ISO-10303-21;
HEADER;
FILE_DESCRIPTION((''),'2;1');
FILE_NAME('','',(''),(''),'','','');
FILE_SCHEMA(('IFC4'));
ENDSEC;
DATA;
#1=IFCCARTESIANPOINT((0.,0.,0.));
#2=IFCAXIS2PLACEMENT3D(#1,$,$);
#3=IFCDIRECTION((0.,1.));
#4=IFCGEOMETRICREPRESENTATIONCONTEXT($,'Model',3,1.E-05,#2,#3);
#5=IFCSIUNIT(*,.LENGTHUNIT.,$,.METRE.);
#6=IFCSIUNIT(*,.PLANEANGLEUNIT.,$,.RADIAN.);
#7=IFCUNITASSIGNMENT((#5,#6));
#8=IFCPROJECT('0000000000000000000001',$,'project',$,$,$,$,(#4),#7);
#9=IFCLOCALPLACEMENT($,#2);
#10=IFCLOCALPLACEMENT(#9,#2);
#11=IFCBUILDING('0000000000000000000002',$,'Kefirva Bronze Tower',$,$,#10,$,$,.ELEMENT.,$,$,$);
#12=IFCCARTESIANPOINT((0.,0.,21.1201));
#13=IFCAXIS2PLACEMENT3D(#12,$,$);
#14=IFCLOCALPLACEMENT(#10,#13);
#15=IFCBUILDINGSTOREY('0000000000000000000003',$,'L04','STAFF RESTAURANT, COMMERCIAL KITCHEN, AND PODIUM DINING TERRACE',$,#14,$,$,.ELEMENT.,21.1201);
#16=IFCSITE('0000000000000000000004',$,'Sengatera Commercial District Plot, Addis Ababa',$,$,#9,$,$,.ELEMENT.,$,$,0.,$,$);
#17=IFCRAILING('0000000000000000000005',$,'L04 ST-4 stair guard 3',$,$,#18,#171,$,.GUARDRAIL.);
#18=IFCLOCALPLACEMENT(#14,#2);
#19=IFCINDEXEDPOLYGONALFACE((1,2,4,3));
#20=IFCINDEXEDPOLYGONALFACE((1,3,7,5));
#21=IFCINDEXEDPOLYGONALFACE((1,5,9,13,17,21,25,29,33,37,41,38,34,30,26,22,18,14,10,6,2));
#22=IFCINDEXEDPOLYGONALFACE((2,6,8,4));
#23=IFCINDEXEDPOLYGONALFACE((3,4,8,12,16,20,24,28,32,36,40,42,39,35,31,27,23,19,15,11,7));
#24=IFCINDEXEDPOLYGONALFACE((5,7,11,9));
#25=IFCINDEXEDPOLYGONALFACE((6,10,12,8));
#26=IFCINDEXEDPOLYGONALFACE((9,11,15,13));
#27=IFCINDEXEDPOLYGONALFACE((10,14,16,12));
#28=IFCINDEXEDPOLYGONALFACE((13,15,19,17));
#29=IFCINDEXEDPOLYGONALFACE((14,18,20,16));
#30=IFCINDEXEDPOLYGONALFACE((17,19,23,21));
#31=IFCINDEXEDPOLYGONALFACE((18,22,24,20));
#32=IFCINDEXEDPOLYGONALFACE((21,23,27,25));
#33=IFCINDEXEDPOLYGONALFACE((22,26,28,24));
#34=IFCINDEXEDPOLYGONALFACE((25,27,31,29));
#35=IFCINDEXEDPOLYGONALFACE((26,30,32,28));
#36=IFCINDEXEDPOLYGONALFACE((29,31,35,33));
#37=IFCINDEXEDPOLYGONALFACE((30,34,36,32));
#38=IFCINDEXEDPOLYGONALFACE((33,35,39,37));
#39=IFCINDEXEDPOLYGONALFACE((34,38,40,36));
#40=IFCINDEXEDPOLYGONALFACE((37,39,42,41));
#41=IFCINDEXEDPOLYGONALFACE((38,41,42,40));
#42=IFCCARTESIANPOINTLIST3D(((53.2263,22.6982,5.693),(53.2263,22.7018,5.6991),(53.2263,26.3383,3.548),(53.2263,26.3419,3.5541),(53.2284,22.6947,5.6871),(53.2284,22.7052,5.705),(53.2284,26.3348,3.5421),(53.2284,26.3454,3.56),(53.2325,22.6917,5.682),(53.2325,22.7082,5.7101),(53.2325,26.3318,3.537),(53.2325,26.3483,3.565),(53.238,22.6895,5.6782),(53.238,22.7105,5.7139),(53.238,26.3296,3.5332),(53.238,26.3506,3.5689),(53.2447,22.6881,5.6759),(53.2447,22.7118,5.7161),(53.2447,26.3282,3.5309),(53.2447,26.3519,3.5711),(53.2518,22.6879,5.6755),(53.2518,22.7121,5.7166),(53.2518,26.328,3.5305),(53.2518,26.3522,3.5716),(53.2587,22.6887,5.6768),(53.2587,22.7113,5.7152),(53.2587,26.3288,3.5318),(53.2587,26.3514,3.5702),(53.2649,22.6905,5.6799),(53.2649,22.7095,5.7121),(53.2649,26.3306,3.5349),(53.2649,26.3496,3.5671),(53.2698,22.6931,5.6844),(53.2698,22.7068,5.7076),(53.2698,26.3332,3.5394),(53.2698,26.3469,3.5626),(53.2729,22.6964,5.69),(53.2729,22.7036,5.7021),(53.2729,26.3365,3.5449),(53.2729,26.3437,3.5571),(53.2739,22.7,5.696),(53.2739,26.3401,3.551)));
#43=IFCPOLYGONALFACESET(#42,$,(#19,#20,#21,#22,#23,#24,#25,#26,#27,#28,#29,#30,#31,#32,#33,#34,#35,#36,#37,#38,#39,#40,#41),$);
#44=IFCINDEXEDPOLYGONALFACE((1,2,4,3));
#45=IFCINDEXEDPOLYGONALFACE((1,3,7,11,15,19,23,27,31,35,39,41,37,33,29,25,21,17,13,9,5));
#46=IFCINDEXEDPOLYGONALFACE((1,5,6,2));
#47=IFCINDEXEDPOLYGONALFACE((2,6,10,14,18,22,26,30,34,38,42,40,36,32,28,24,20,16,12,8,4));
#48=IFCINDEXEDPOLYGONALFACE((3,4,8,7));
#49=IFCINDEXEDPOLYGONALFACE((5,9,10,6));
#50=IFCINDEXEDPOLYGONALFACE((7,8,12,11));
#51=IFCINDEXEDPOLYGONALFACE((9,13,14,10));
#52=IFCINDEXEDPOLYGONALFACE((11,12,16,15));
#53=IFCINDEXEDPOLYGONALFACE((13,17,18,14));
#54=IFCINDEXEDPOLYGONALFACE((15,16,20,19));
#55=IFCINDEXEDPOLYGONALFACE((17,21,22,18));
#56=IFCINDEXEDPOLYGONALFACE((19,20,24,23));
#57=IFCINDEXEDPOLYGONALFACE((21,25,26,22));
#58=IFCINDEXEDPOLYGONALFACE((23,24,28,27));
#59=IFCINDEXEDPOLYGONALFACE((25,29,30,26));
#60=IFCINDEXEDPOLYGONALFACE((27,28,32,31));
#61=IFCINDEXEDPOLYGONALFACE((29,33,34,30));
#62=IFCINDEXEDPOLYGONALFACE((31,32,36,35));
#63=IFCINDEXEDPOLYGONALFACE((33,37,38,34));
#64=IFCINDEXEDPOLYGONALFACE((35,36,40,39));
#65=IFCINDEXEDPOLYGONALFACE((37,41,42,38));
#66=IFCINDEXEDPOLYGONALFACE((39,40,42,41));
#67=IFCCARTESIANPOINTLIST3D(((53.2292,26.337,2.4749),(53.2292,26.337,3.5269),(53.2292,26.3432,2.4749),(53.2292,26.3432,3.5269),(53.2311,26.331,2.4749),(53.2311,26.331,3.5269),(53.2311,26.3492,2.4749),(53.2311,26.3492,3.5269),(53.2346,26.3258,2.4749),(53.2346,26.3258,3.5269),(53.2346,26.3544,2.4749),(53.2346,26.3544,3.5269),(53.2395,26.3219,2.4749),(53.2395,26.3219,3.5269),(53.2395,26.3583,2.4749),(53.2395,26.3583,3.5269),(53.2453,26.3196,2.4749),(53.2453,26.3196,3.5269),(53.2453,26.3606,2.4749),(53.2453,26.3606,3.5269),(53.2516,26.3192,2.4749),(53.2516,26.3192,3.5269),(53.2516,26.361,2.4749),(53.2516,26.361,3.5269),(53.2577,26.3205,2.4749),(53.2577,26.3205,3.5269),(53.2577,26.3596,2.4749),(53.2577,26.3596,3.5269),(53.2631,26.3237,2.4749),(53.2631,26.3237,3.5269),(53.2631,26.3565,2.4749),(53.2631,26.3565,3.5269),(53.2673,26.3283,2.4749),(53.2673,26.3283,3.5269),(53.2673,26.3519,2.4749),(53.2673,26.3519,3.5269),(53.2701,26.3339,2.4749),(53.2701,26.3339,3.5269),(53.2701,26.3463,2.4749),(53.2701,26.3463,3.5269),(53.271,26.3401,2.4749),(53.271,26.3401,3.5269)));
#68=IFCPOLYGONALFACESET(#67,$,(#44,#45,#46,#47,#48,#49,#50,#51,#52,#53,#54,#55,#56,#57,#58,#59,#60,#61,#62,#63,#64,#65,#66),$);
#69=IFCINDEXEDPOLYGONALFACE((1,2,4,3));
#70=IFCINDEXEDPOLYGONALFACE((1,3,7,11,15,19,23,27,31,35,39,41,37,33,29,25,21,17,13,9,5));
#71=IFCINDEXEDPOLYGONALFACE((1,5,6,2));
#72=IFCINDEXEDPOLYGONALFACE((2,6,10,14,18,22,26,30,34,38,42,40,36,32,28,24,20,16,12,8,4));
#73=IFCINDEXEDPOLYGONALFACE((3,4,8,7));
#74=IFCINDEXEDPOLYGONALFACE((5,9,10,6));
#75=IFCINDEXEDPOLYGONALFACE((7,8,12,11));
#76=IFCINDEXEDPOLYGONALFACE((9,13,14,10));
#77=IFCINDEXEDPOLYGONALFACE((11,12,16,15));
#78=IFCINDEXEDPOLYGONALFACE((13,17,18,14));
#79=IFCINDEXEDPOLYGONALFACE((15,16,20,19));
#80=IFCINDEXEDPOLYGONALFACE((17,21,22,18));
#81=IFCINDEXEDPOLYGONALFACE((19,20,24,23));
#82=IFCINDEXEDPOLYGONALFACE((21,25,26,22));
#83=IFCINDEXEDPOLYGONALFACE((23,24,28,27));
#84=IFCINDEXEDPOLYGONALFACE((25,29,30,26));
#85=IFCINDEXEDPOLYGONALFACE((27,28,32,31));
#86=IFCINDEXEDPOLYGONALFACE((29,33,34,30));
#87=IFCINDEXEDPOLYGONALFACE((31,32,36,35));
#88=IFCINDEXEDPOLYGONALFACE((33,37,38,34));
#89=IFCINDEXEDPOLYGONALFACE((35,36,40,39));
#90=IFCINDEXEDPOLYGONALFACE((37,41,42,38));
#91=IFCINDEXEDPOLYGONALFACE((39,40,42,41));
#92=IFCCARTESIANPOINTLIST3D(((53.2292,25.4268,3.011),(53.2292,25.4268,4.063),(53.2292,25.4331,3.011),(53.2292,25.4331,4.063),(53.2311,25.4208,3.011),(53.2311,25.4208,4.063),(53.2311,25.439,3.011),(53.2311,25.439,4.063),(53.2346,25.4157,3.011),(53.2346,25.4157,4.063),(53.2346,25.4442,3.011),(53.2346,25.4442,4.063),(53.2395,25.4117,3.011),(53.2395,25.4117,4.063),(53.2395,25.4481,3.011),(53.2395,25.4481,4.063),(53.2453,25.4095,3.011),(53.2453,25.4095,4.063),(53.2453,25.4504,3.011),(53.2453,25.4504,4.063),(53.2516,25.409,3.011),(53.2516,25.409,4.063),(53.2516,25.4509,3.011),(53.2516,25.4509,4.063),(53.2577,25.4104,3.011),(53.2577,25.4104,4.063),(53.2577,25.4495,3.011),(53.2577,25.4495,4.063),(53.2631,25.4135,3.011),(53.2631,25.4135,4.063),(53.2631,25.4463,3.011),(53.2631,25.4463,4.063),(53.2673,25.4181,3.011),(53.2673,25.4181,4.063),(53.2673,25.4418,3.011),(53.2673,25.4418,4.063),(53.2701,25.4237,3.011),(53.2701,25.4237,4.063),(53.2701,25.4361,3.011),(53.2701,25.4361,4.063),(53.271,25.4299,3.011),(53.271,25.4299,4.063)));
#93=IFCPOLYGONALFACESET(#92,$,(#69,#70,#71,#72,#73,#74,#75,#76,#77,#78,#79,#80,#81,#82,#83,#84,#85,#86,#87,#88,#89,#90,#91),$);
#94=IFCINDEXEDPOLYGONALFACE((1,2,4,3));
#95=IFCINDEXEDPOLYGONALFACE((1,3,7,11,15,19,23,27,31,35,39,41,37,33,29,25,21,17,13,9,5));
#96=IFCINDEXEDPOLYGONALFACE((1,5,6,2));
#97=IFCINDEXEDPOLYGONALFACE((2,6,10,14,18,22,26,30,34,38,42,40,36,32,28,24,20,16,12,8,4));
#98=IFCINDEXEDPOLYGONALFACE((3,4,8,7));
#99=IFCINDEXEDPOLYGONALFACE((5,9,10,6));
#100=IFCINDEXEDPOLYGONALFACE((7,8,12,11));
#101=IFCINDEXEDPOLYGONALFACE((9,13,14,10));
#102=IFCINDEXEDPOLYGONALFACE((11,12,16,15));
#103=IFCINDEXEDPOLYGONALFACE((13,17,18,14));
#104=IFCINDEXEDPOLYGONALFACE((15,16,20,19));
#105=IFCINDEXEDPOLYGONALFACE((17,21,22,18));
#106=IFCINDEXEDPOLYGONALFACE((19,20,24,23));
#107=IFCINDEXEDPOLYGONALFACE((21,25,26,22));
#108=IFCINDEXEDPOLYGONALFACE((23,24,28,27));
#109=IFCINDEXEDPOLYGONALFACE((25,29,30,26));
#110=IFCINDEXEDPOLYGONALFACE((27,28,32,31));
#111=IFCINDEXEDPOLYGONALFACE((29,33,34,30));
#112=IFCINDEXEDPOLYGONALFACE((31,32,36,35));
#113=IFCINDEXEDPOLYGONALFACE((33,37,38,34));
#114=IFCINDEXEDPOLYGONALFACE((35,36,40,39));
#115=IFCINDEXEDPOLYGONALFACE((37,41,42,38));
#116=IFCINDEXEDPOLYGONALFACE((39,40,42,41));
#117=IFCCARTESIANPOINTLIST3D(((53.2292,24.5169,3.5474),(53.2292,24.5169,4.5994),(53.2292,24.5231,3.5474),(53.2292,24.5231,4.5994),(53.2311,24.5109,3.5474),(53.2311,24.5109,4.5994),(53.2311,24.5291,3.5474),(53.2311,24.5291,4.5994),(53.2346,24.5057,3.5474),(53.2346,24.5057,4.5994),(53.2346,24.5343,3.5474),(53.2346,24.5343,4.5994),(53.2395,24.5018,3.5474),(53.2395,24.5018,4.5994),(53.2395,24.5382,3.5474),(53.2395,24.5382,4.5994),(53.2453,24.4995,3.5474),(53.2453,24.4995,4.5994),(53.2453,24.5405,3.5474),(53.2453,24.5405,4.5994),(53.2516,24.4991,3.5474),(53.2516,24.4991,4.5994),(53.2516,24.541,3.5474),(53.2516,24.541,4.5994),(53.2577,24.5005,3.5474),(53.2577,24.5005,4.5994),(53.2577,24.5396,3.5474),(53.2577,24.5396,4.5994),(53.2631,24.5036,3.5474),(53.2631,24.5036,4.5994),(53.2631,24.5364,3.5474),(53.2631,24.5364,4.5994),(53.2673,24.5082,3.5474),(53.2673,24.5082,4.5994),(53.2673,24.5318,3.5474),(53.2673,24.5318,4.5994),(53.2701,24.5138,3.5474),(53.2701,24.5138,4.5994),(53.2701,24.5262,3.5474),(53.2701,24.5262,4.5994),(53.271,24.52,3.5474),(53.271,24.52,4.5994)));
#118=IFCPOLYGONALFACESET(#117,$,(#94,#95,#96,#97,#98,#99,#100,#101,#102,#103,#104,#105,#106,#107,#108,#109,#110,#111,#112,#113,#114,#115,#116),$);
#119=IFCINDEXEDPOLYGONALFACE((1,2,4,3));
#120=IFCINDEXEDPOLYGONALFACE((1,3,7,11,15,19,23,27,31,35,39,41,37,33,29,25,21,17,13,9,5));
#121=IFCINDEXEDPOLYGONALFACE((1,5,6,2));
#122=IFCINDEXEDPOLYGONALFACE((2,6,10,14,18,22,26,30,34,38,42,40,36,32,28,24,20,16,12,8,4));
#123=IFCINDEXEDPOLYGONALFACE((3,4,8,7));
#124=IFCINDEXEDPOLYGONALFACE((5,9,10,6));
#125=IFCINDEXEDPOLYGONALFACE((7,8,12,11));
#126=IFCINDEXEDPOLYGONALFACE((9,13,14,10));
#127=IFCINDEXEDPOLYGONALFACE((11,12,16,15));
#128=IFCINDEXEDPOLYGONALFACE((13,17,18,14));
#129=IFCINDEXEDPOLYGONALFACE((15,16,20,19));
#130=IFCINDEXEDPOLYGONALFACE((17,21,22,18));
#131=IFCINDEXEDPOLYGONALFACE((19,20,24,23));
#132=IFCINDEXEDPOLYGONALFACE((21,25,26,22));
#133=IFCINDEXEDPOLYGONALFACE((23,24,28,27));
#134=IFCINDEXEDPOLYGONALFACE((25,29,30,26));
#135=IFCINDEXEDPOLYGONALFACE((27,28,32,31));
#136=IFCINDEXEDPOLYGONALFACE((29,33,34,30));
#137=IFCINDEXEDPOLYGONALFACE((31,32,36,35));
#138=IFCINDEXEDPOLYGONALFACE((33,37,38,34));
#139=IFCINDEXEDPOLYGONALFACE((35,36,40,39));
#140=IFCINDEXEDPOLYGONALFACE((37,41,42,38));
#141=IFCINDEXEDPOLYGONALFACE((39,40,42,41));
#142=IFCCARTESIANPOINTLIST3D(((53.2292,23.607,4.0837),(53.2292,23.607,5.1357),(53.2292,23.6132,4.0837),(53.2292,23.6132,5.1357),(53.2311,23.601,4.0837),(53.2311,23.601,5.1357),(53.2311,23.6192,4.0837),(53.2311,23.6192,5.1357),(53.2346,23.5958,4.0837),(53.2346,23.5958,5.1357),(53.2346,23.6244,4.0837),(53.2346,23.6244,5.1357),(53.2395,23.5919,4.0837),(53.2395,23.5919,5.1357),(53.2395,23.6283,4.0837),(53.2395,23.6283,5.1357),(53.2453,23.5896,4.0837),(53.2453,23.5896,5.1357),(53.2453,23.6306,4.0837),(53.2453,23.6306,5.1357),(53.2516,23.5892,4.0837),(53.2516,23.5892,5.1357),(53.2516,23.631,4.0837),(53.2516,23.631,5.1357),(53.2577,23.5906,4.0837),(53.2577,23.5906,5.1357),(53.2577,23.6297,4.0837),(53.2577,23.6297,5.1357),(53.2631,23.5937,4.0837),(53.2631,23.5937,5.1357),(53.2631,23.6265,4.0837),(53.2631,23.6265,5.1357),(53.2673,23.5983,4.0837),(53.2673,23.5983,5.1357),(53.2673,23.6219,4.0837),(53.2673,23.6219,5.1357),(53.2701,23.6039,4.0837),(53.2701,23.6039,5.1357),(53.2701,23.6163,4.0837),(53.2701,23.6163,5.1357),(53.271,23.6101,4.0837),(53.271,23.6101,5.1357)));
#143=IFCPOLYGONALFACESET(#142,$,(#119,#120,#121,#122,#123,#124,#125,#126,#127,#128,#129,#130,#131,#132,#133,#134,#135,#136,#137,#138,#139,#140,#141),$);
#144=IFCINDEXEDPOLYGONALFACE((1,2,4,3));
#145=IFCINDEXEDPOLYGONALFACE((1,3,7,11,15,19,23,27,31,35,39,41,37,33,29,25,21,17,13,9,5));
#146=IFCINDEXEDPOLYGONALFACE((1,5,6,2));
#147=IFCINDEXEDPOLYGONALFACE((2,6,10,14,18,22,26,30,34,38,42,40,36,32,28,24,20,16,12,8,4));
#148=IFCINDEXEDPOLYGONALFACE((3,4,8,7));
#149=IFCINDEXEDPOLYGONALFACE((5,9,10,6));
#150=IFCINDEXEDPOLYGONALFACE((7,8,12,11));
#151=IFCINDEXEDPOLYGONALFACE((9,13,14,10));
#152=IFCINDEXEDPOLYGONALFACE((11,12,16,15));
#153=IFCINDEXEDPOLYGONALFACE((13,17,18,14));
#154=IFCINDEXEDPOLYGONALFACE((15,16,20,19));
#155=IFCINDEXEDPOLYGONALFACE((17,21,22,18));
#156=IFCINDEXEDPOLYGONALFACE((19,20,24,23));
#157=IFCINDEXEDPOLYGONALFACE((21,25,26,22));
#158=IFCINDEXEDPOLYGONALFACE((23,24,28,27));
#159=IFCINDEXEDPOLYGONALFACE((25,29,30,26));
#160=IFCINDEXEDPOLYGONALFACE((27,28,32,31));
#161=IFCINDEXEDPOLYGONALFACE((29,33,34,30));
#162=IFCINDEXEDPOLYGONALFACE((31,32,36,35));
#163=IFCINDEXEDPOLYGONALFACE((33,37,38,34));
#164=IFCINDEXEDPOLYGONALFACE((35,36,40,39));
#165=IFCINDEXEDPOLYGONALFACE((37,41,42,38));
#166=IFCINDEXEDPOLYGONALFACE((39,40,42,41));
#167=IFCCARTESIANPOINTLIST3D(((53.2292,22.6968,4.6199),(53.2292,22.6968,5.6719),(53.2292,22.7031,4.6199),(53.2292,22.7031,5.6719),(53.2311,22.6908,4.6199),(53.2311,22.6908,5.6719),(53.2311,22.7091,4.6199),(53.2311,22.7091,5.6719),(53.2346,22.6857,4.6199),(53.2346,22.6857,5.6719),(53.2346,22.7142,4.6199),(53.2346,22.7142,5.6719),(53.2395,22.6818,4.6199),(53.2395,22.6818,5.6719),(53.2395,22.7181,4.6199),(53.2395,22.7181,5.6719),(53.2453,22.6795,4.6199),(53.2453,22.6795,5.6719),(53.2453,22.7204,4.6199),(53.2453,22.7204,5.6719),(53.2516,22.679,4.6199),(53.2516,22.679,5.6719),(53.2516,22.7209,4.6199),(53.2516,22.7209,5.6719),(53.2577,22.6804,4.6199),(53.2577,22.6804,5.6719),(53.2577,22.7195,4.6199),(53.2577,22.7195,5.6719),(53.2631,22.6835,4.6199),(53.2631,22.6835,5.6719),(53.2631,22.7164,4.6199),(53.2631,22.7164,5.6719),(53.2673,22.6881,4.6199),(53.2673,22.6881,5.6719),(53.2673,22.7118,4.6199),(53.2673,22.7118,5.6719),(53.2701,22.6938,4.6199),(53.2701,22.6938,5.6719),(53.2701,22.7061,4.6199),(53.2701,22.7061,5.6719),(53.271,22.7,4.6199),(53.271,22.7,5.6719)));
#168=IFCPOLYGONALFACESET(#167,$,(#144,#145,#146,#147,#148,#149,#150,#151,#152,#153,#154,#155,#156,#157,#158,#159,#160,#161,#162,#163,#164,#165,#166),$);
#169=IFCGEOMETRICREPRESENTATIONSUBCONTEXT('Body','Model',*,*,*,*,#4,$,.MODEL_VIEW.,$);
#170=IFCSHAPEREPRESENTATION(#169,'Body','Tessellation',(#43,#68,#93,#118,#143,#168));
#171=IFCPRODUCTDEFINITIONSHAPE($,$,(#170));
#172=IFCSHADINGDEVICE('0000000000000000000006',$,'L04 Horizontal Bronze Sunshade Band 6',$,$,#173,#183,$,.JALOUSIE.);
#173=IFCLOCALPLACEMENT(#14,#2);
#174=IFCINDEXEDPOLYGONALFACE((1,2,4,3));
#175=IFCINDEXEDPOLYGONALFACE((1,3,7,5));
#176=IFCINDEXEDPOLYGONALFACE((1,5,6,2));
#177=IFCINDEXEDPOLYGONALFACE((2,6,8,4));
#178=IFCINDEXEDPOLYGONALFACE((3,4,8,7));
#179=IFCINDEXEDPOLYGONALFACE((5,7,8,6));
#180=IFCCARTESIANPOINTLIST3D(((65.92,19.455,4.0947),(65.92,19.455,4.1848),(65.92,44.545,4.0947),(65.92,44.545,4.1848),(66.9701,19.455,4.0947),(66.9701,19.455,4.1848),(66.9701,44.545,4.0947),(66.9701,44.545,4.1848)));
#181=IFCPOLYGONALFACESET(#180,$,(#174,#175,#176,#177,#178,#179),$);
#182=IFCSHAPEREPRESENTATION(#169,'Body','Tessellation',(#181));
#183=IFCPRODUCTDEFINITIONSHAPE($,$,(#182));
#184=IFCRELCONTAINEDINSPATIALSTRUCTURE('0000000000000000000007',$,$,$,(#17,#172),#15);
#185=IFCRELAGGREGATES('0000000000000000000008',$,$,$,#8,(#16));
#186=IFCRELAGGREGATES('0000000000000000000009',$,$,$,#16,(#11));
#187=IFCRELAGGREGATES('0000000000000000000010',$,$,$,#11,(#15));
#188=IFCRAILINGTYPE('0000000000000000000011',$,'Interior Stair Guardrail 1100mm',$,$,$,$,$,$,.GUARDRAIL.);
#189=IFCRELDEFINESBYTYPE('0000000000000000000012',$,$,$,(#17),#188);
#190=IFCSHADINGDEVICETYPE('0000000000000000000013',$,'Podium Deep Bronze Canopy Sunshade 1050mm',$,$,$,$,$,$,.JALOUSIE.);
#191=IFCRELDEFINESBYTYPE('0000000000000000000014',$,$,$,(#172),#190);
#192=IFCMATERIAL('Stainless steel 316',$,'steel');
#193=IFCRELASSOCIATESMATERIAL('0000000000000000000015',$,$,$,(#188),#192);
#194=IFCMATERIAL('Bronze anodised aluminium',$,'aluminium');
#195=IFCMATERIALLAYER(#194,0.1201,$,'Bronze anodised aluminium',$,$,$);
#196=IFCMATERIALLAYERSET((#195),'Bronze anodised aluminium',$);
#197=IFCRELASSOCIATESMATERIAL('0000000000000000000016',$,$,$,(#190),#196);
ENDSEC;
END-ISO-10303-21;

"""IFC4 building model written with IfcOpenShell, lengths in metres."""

from ifc_helpers import new_model, si_unit, direction, frame, origin, origin_2d, place, context, subcontext, project, spatial, rectangle, circle, extrude, material, layer, layer_set, type_object, element, save


model = new_model("IFC4")

# Units and contexts
model_context = context("Model", 3, precision=1e-05, world=origin(), true_north=direction((0.0, 1.0)))
body_context = subcontext(model_context, "Body", "Model", "MODEL_VIEW")
ifc_project = project(units=[si_unit("LENGTHUNIT", "METRE"), si_unit("PLANEANGLEUNIT", "RADIAN")], contexts=[model_context])

# Site, building, storey
site_placement = place(None, origin())
site = spatial("IfcSite", under=ifc_project, at=site_placement, Name="Sengatera Commercial District Plot, Addis Ababa", CompositionType="ELEMENT", RefElevation=0.0)
building_placement = place(site_placement, origin())
building = spatial("IfcBuilding", under=site, at=building_placement, Name="Kefirva Bronze Tower", CompositionType="ELEMENT")
storey_placement = place(building_placement, frame((0.0, 0.0, 21.1201)))
storey = spatial("IfcBuildingStorey", under=building, at=storey_placement, Name="L04", Description="STAFF RESTAURANT, COMMERCIAL KITCHEN, AND PODIUM DINING TERRACE", CompositionType="ELEMENT", Elevation=21.1201)

# Shared definitions
ifc_material_1 = material(Name="Bronze anodised aluminium", Category="aluminium")

# Railing
ifc_material_2 = material(Name="Stainless steel 316", Category="steel")
railing_type_1 = type_object("IfcRailingType", Name="Interior Stair Guardrail 1100mm", PredefinedType="GUARDRAIL", material=ifc_material_2)
railing_1_placement = place(storey_placement, frame((53.25, 26.3401, 2.4749)))
element("IfcRailing", 1, at=railing_1_placement, inside=storey, type_object=railing_type_1, Name="L04 ST-4 stair guard 3", PredefinedType="GUARDRAIL", context=body_context, shape_type="SweptSolid", body=[
    extrude(circle(Radius=0.0239, at=origin_2d()), frame((0.0, 0.0, 1.0762), z_axis=(0.0, -0.861545, 0.507682), x_axis=(1.0, 0.0, 0.0)), (0.0, 0.0, 1.0), 4.2251),
    extrude(circle(Radius=0.021, at=origin_2d()), origin(), (0.0, 0.0, 1.0), 1.052),
    extrude(circle(Radius=0.021, at=origin_2d()), frame((0.0, -0.9102, 0.5361)), (0.0, 0.0, 1.0), 1.052),
    extrude(circle(Radius=0.021, at=origin_2d()), frame((0.0, -1.8201, 1.0725)), (0.0, 0.0, 1.0), 1.052),
    extrude(circle(Radius=0.021, at=origin_2d()), frame((0.0, -2.73, 1.6089)), (0.0, 0.0, 1.0), 1.052),
    extrude(circle(Radius=0.021, at=origin_2d()), frame((0.0, -3.6401, 2.145)), (0.0, 0.0, 1.0), 1.052),
])

# Shading device
ifc_layer_1 = layer(ifc_material_1, 0.1201, Name="Bronze anodised aluminium")
ifc_layer_set_1 = layer_set([ifc_layer_1], Name="Bronze anodised aluminium")
shading_device_type = type_object("IfcShadingDeviceType", Name="Podium Deep Bronze Canopy Sunshade 1050mm", PredefinedType="JALOUSIE", material=ifc_layer_set_1)
shading_device_placement = place(storey_placement, frame((66.4451, 32.0, 4.0947), z_axis=(0.0, 0.0, 1.0), x_axis=(0.0, 1.0, 0.0)))
element("IfcShadingDevice", 2, at=shading_device_placement, inside=storey, type_object=shading_device_type, Name="L04 Horizontal Bronze Sunshade Band 6", PredefinedType="JALOUSIE", context=body_context, shape_type="SweptSolid", body=[
    extrude(rectangle(XDim=25.0901, YDim=1.05, at=origin_2d()), origin(), (0.0, 0.0, 1.0), 0.0901),
])

save(model, "model.ifc")
